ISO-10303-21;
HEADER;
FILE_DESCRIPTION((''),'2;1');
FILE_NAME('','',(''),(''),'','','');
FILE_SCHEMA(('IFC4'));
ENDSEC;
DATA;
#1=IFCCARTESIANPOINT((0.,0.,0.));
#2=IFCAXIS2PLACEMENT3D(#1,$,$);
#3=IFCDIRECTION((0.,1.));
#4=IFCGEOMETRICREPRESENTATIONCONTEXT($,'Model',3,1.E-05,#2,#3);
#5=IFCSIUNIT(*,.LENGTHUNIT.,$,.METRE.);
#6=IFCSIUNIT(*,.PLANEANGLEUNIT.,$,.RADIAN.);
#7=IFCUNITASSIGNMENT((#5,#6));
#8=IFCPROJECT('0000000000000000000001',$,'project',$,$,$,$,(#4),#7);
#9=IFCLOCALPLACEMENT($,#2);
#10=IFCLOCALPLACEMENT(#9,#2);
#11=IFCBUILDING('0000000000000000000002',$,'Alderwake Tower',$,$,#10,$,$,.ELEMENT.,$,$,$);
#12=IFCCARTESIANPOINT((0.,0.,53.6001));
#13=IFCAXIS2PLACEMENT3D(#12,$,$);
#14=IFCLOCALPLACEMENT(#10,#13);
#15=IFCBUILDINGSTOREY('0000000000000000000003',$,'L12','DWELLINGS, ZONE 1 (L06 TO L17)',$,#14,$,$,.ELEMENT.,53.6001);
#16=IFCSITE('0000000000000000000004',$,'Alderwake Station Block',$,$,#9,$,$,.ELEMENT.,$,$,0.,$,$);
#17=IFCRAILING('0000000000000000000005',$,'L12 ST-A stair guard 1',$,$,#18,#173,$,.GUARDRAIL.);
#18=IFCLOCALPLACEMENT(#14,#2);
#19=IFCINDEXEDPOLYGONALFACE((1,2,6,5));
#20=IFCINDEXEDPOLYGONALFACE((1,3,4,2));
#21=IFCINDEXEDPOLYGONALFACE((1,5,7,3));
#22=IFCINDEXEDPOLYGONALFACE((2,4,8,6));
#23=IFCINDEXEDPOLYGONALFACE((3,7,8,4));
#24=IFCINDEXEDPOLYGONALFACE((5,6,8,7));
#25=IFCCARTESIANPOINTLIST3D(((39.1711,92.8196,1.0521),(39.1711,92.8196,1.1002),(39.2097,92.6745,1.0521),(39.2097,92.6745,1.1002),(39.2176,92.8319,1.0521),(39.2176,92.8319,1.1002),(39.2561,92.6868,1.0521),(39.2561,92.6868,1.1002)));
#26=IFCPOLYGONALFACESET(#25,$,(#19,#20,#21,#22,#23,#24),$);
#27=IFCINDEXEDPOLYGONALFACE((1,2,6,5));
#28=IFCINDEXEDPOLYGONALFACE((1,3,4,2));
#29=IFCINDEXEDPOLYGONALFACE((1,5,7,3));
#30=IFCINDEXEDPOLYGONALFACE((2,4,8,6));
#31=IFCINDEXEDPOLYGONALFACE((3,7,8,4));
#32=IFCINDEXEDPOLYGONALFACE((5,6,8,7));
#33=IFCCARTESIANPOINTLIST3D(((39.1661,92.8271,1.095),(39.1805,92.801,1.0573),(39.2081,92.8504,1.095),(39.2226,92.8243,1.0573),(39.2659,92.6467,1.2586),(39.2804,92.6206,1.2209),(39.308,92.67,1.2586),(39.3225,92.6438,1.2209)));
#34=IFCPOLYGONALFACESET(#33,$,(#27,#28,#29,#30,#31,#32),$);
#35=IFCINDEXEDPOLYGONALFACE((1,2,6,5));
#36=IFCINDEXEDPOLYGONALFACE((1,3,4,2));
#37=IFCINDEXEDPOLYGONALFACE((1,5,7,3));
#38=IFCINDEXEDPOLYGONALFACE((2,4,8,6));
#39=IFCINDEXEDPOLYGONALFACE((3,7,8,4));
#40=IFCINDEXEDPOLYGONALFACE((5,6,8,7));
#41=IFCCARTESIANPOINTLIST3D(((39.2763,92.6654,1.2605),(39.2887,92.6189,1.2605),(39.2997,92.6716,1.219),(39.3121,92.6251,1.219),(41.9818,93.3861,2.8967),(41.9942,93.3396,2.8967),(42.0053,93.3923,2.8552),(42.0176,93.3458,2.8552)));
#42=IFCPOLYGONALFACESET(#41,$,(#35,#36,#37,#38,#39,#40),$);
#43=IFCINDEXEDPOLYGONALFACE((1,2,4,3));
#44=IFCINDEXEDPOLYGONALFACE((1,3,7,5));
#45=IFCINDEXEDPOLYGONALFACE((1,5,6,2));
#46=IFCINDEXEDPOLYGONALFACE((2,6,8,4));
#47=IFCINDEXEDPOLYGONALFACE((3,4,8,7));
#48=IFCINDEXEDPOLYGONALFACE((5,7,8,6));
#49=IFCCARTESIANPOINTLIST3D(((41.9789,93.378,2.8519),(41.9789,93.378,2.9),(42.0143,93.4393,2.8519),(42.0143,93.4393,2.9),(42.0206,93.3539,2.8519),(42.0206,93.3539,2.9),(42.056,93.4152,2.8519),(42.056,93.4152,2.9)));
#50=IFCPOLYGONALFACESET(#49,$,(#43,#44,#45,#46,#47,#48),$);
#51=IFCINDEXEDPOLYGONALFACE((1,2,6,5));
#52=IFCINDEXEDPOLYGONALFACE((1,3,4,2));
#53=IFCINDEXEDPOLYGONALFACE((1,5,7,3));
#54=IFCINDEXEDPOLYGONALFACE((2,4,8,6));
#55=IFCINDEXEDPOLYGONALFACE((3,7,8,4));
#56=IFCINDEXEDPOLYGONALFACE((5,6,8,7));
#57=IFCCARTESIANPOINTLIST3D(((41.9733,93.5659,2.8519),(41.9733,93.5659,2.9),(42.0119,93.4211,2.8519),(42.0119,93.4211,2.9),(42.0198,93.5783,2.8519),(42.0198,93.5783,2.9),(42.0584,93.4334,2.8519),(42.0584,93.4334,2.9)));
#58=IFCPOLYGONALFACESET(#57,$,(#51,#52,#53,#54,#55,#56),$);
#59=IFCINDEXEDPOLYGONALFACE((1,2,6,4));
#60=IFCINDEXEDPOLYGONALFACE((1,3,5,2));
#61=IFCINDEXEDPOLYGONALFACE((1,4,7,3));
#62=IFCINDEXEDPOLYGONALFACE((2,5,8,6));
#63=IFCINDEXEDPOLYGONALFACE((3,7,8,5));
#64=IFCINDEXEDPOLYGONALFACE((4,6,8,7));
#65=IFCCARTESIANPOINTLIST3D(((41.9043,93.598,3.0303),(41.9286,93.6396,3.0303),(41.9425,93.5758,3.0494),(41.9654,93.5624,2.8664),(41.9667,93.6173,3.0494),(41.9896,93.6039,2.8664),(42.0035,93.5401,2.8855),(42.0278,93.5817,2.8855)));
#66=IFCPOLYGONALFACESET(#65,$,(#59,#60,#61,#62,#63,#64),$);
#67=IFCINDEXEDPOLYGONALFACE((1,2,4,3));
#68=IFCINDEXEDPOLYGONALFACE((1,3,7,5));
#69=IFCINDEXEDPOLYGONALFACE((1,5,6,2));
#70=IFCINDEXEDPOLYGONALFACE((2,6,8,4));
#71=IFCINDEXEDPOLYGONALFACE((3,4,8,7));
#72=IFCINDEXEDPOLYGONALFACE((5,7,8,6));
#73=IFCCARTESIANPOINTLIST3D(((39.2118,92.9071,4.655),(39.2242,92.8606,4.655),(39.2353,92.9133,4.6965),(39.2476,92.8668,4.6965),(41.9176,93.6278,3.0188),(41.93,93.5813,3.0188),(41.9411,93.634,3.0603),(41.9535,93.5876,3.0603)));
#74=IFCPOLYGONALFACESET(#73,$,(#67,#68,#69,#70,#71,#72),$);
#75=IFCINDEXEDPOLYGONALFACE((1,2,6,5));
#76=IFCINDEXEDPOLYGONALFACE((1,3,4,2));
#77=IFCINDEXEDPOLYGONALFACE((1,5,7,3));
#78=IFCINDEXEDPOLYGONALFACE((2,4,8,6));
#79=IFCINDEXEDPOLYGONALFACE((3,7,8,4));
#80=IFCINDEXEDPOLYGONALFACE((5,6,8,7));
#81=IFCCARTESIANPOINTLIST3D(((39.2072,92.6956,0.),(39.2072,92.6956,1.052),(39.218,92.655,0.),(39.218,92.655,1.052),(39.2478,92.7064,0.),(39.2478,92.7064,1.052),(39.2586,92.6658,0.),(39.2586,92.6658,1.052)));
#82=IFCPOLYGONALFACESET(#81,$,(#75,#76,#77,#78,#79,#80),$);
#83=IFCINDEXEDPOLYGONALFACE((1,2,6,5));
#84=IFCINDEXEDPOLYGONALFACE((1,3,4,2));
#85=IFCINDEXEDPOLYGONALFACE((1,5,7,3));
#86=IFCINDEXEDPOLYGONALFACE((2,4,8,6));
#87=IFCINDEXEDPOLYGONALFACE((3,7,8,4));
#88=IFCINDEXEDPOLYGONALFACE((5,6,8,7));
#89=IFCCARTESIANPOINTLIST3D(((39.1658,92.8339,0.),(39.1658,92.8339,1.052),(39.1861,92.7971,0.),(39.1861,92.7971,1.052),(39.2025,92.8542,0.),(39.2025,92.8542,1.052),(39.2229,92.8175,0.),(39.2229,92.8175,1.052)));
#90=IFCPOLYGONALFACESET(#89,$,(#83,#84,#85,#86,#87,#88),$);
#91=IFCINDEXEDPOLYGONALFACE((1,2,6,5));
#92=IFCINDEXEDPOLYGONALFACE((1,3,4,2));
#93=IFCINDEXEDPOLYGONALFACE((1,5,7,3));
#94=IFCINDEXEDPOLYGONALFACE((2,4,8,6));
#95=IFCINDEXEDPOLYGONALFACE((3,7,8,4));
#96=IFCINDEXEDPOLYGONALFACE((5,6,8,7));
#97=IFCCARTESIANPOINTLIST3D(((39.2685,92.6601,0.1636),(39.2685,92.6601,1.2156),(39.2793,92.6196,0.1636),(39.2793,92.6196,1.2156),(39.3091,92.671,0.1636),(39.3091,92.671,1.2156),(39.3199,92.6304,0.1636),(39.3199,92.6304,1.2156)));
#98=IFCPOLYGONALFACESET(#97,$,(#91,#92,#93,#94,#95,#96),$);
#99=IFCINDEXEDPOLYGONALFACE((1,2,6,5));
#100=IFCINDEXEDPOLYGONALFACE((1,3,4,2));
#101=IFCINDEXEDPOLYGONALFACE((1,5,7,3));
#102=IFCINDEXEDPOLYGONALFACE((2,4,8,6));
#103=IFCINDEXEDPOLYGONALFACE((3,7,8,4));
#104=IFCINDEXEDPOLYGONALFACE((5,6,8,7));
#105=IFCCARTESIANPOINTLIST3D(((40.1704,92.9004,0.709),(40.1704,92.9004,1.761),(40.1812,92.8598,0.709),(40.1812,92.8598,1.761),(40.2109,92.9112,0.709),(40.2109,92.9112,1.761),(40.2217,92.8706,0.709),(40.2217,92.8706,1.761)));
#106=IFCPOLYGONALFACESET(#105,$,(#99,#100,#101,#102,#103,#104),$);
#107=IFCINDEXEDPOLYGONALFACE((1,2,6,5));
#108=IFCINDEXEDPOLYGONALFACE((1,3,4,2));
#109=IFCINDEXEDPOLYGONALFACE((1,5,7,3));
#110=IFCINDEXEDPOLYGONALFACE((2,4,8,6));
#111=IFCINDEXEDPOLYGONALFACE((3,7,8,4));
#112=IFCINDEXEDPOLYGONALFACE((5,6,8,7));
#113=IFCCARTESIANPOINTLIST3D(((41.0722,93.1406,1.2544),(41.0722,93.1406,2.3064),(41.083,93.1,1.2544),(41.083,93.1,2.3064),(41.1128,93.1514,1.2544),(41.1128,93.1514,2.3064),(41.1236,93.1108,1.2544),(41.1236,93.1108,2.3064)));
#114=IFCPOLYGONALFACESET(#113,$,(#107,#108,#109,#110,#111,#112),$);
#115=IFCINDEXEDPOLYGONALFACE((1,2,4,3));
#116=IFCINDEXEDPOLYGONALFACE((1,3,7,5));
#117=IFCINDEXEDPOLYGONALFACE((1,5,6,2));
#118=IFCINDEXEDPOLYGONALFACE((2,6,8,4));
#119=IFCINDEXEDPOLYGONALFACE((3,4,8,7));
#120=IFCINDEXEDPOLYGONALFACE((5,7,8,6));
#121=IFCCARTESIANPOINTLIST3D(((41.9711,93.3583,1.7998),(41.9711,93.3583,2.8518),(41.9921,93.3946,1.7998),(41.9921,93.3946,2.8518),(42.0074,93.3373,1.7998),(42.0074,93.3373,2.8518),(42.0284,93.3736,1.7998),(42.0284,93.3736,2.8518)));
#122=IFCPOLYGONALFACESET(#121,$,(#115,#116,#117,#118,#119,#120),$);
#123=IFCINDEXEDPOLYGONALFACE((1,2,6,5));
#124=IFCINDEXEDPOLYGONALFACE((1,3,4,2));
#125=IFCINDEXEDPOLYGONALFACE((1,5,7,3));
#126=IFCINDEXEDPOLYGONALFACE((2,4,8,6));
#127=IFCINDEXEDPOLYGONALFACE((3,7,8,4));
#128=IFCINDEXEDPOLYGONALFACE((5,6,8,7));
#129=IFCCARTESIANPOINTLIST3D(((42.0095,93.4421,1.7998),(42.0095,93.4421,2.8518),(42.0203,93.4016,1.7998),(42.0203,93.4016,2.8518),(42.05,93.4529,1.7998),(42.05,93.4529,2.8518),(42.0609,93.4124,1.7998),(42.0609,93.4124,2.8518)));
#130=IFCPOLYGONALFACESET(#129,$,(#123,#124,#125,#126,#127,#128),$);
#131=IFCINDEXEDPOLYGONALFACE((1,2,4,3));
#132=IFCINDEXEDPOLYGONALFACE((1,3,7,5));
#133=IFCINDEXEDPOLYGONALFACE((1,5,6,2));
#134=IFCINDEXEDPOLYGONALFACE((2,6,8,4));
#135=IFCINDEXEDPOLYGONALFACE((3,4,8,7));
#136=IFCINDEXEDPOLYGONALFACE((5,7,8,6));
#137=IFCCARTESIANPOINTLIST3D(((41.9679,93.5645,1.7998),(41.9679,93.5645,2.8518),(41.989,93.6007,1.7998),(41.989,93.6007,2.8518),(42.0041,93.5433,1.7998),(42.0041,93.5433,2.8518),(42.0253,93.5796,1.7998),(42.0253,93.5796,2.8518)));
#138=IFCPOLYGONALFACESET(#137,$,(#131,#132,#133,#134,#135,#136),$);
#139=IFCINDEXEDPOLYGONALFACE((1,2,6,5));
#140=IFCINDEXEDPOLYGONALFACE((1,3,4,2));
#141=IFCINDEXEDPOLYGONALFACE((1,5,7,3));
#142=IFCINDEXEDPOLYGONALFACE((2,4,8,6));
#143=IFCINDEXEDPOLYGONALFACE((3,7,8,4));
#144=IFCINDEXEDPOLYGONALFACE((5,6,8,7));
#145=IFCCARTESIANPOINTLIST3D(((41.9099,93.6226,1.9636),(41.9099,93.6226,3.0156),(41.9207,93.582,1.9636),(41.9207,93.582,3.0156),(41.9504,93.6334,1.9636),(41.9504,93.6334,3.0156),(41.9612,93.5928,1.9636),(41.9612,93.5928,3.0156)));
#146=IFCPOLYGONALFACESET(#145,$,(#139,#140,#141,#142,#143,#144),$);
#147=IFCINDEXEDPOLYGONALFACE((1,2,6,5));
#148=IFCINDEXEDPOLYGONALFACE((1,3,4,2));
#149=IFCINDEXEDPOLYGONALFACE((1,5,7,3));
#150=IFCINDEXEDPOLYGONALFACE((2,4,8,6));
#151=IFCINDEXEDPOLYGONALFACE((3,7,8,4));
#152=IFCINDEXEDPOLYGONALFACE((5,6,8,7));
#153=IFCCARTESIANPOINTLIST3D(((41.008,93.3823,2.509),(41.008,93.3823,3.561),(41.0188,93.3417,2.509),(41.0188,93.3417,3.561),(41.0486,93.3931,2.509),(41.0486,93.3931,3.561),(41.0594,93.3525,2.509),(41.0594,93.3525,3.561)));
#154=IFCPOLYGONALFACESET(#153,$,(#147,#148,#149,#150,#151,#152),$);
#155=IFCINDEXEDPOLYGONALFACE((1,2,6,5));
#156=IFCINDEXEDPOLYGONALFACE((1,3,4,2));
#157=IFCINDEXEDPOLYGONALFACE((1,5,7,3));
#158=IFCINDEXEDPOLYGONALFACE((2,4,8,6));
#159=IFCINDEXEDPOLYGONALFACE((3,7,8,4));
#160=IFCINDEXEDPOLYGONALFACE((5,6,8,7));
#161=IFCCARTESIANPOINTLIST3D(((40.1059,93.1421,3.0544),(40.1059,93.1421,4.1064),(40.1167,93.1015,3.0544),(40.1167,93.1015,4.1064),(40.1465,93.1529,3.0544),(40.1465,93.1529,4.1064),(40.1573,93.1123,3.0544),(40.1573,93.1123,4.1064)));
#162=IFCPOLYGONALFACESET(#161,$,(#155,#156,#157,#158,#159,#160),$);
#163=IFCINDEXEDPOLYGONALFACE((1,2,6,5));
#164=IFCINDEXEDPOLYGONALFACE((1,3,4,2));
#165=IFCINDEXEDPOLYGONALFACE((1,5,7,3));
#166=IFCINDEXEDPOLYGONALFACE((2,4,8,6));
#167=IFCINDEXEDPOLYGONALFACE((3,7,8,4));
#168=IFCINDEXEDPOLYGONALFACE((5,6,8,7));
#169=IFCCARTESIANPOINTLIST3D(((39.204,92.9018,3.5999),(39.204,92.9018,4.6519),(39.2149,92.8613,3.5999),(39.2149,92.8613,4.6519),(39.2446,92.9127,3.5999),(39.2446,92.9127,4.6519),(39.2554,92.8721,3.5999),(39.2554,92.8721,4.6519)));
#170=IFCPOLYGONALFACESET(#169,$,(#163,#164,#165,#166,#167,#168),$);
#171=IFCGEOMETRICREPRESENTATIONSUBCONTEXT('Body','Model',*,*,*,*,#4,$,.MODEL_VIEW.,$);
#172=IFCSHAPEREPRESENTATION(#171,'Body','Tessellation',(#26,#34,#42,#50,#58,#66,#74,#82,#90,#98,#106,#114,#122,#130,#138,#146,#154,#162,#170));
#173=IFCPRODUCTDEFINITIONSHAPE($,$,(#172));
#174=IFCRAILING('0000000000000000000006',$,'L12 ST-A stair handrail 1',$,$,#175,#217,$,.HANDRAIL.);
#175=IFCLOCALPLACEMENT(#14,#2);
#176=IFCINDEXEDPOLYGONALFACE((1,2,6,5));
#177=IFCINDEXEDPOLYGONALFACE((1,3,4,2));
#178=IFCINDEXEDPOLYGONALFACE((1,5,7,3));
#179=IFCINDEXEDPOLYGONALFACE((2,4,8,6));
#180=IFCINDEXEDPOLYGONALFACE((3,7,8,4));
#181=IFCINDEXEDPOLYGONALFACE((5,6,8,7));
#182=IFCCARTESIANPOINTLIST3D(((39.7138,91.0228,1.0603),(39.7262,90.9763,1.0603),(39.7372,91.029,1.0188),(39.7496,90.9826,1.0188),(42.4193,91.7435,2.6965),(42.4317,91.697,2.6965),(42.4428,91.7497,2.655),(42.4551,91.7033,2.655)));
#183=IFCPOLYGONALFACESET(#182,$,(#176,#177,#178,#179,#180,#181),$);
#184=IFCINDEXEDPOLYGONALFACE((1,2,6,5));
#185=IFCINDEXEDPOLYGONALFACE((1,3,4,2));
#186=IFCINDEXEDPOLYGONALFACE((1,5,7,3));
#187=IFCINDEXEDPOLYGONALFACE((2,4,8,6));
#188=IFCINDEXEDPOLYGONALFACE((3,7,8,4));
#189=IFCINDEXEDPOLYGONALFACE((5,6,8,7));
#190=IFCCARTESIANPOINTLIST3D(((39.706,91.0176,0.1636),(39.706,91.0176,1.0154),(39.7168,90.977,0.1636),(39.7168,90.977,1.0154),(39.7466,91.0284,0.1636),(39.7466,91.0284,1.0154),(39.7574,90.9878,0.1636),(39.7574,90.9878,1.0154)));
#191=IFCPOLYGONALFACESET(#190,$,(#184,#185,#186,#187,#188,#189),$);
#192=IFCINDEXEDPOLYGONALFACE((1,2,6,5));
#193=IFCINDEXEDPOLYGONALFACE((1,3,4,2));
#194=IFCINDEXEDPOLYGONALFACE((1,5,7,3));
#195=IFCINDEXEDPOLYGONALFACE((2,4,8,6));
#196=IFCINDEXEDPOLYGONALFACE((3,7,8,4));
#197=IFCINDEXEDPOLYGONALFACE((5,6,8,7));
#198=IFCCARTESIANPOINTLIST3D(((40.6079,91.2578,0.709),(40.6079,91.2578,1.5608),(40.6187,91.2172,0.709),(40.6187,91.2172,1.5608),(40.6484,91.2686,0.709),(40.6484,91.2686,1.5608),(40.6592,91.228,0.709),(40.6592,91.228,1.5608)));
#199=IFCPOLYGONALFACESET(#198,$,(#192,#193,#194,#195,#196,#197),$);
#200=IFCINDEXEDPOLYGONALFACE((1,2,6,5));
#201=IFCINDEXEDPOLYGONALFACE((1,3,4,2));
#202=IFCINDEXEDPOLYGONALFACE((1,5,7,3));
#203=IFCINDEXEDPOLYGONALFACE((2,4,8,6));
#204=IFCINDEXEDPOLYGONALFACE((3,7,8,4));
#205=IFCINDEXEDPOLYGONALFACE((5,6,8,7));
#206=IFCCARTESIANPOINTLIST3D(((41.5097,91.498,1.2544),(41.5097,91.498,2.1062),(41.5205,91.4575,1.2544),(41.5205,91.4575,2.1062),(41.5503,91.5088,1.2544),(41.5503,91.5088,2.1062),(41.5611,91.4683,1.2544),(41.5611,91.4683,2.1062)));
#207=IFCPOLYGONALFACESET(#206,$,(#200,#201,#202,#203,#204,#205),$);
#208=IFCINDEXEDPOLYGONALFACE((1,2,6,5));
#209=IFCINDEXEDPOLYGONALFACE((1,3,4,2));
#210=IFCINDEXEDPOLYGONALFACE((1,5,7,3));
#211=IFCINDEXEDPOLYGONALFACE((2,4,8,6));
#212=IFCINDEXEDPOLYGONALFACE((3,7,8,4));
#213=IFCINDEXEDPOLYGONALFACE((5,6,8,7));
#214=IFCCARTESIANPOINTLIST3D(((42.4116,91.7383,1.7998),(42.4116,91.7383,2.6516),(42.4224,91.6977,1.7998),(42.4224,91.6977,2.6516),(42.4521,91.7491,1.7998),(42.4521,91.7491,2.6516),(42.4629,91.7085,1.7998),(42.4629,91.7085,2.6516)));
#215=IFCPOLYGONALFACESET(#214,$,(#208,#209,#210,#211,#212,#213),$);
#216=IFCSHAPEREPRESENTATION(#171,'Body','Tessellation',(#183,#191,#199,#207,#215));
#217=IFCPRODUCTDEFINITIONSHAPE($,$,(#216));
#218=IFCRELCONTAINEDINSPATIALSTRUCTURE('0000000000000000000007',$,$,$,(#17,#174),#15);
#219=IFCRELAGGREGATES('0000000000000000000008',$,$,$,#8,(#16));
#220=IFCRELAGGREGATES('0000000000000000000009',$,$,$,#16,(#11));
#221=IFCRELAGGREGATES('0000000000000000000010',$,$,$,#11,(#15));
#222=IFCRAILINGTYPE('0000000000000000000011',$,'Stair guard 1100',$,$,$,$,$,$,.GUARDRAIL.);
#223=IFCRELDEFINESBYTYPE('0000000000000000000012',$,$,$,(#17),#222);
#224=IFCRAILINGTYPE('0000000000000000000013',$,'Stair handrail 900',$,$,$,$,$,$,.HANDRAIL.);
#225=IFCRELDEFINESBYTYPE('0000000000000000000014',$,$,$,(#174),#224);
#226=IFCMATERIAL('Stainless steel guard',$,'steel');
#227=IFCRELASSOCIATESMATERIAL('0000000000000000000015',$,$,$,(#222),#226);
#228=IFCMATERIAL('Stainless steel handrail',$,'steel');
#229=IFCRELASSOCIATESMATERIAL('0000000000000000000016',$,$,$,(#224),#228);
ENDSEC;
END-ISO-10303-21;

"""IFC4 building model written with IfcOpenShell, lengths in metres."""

from ifc_helpers import new_model, si_unit, direction, frame, origin, origin_2d, place, context, subcontext, project, spatial, rectangle, extrude, material, type_object, element, save


model = new_model("IFC4")

# Units and contexts
model_context = context("Model", 3, precision=1e-05, world=origin(), true_north=direction((0.0, 1.0)))
body_context = subcontext(model_context, "Body", "Model", "MODEL_VIEW")
ifc_project = project(units=[si_unit("LENGTHUNIT", "METRE"), si_unit("PLANEANGLEUNIT", "RADIAN")], contexts=[model_context])

# Site, building, storey
site_placement = place(None, origin())
site = spatial("IfcSite", under=ifc_project, at=site_placement, Name="Alderwake Station Block", CompositionType="ELEMENT", RefElevation=0.0)
building_placement = place(site_placement, origin())
building = spatial("IfcBuilding", under=site, at=building_placement, Name="Alderwake Tower", CompositionType="ELEMENT")
storey_placement = place(building_placement, frame((0.0, 0.0, 53.6001)))
storey = spatial("IfcBuildingStorey", under=building, at=storey_placement, Name="L12", Description="DWELLINGS, ZONE 1 (L06 TO L17)", CompositionType="ELEMENT", Elevation=53.6001)

# Railings
ifc_material_1 = material(Name="Stainless steel guard", Category="steel")
railing_type_1 = type_object("IfcRailingType", Name="Stair guard 1100", PredefinedType="GUARDRAIL", material=ifc_material_1)
railing_1_placement = place(storey_placement, frame((39.2329, 92.6807, 0.0)))
element("IfcRailing", 1, at=railing_1_placement, inside=storey, type_object=railing_type_1, Name="L12 ST-A stair guard 1", PredefinedType="GUARDRAIL", context=body_context, shape_type="SweptSolid", body=[
    extrude(rectangle(XDim=0.0481, YDim=0.0481, at=origin_2d()), frame((0.0, 0.0, 1.0762), z_axis=(-0.257055, 0.966397, 0.0), x_axis=(-0.966397, -0.257055, 0.0)), (0.0, 0.0, 1.0), 0.1501),
    extrude(rectangle(XDim=0.0481, YDim=0.0481, at=origin_2d()), frame((-0.0386, 0.145, 1.0762), z_axis=(0.379371, -0.685464, 0.621463), x_axis=(0.874938, 0.484235, 0.0)), (0.0, 0.0, 1.0), 0.2632),
    extrude(rectangle(XDim=0.0481, YDim=0.0481, at=origin_2d()), frame((0.0613, -0.0354, 1.2397), z_axis=(0.834291, 0.222237, 0.504549), x_axis=(-0.257402, 0.966304, 0.0)), (0.0, 0.0, 1.0), 3.2429),
    extrude(rectangle(XDim=0.0481, YDim=0.0481, at=origin_2d()), frame((2.7668, 0.6853, 2.876), z_axis=(0.50022, 0.865898, 0.0), x_axis=(-0.865898, 0.50022, 0.0)), (0.0, 0.0, 1.0), 0.0708),
    extrude(rectangle(XDim=0.0481, YDim=0.0481, at=origin_2d()), frame((2.8022, 0.7466, 2.876), z_axis=(-0.25746, 0.966289, 0.0), x_axis=(-0.966289, -0.25746, 0.0)), (0.0, 0.0, 1.0), 0.1499),
    extrude(rectangle(XDim=0.0481, YDim=0.0481, at=origin_2d()), frame((2.7637, 0.8914, 2.876), z_axis=(-0.342095, 0.199783, 0.918182), x_axis=(-0.5043, -0.863528, 0.0)), (0.0, 0.0, 1.0), 0.1785),
    extrude(rectangle(XDim=0.0481, YDim=0.0481, at=origin_2d()), frame((2.7026, 0.927, 3.0396), z_axis=(-0.834314, -0.222223, 0.504518), x_axis=(0.25738, -0.96631, 0.0)), (0.0, 0.0, 1.0), 3.2432),
    extrude(rectangle(XDim=0.042, YDim=0.042, at=origin_2d()), frame((0.0, 0.0, 0.0), z_axis=(0.0, 0.0, 1.0), x_axis=(-0.257055, 0.966397, 0.0)), (0.0, 0.0, 1.0), 1.052),
    extrude(rectangle(XDim=0.042, YDim=0.042, at=origin_2d()), frame((-0.0386, 0.145, 0.0), z_axis=(0.0, 0.0, 1.0), x_axis=(0.484235, -0.874938, 0.0)), (0.0, 0.0, 1.0), 1.052),
    extrude(rectangle(XDim=0.042, YDim=0.042, at=origin_2d()), frame((0.0613, -0.0354, 0.1636), z_axis=(0.0, 0.0, 1.0), x_axis=(0.966304, 0.257402, 0.0)), (0.0, 0.0, 1.0), 1.052),
    extrude(rectangle(XDim=0.042, YDim=0.042, at=origin_2d()), frame((0.9631, 0.2048, 0.709), z_axis=(0.0, 0.0, 1.0), x_axis=(0.966304, 0.257402, 0.0)), (0.0, 0.0, 1.0), 1.052),
    extrude(rectangle(XDim=0.042, YDim=0.042, at=origin_2d()), frame((1.865, 0.4451, 1.2544), z_axis=(0.0, 0.0, 1.0), x_axis=(0.966304, 0.257402, 0.0)), (0.0, 0.0, 1.0), 1.052),
    extrude(rectangle(XDim=0.042, YDim=0.042, at=origin_2d()), frame((2.7668, 0.6853, 1.7998), z_axis=(0.0, 0.0, 1.0), x_axis=(0.50022, 0.865898, 0.0)), (0.0, 0.0, 1.0), 1.052),
    extrude(rectangle(XDim=0.042, YDim=0.042, at=origin_2d()), frame((2.8022, 0.7466, 1.7998), z_axis=(0.0, 0.0, 1.0), x_axis=(-0.25746, 0.966289, 0.0)), (0.0, 0.0, 1.0), 1.052),
    extrude(rectangle(XDim=0.042, YDim=0.042, at=origin_2d()), frame((2.7637, 0.8914, 1.7998), z_axis=(0.0, 0.0, 1.0), x_axis=(-0.863528, 0.5043, 0.0)), (0.0, 0.0, 1.0), 1.052),
    extrude(rectangle(XDim=0.042, YDim=0.042, at=origin_2d()), frame((2.7026, 0.927, 1.9636), z_axis=(0.0, 0.0, 1.0), x_axis=(-0.96631, -0.25738, 0.0)), (0.0, 0.0, 1.0), 1.052),
    extrude(rectangle(XDim=0.042, YDim=0.042, at=origin_2d()), frame((1.8008, 0.6868, 2.509), z_axis=(0.0, 0.0, 1.0), x_axis=(-0.96631, -0.25738, 0.0)), (0.0, 0.0, 1.0), 1.052),
    extrude(rectangle(XDim=0.042, YDim=0.042, at=origin_2d()), frame((0.8987, 0.4465, 3.0544), z_axis=(0.0, 0.0, 1.0), x_axis=(-0.96631, -0.25738, 0.0)), (0.0, 0.0, 1.0), 1.052),
    extrude(rectangle(XDim=0.042, YDim=0.042, at=origin_2d()), frame((-0.0032, 0.2063, 3.5999), z_axis=(0.0, 0.0, 1.0), x_axis=(-0.96631, -0.25738, 0.0)), (0.0, 0.0, 1.0), 1.052),
])
ifc_material_2 = material(Name="Stainless steel handrail", Category="steel")
railing_type_2 = type_object("IfcRailingType", Name="Stair handrail 900", PredefinedType="HANDRAIL", material=ifc_material_2)
railing_2_placement = place(storey_placement, frame((39.7317, 91.0027, 0.1636)))
element("IfcRailing", 2, at=railing_2_placement, inside=storey, type_object=railing_type_2, Name="L12 ST-A stair handrail 1", PredefinedType="HANDRAIL", context=body_context, shape_type="SweptSolid", body=[
    extrude(rectangle(XDim=0.0481, YDim=0.0481, at=origin_2d()), frame((0.0, 0.0, 0.876), z_axis=(0.834291, 0.222237, 0.504549), x_axis=(-0.257402, 0.966304, 0.0)), (0.0, 0.0, 1.0), 3.2429),
    extrude(rectangle(XDim=0.042, YDim=0.042, at=origin_2d()), frame((0.0, 0.0, 0.0), z_axis=(0.0, 0.0, 1.0), x_axis=(0.966304, 0.257402, 0.0)), (0.0, 0.0, 1.0), 0.8518),
    extrude(rectangle(XDim=0.042, YDim=0.042, at=origin_2d()), frame((0.9019, 0.2402, 0.5454), z_axis=(0.0, 0.0, 1.0), x_axis=(0.966304, 0.257402, 0.0)), (0.0, 0.0, 1.0), 0.8518),
    extrude(rectangle(XDim=0.042, YDim=0.042, at=origin_2d()), frame((1.8037, 0.4805, 1.0908), z_axis=(0.0, 0.0, 1.0), x_axis=(0.966304, 0.257402, 0.0)), (0.0, 0.0, 1.0), 0.8518),
    extrude(rectangle(XDim=0.042, YDim=0.042, at=origin_2d()), frame((2.7056, 0.7207, 1.6362), z_axis=(0.0, 0.0, 1.0), x_axis=(0.966304, 0.257402, 0.0)), (0.0, 0.0, 1.0), 0.8518),
])

save(model, "model.ifc")
